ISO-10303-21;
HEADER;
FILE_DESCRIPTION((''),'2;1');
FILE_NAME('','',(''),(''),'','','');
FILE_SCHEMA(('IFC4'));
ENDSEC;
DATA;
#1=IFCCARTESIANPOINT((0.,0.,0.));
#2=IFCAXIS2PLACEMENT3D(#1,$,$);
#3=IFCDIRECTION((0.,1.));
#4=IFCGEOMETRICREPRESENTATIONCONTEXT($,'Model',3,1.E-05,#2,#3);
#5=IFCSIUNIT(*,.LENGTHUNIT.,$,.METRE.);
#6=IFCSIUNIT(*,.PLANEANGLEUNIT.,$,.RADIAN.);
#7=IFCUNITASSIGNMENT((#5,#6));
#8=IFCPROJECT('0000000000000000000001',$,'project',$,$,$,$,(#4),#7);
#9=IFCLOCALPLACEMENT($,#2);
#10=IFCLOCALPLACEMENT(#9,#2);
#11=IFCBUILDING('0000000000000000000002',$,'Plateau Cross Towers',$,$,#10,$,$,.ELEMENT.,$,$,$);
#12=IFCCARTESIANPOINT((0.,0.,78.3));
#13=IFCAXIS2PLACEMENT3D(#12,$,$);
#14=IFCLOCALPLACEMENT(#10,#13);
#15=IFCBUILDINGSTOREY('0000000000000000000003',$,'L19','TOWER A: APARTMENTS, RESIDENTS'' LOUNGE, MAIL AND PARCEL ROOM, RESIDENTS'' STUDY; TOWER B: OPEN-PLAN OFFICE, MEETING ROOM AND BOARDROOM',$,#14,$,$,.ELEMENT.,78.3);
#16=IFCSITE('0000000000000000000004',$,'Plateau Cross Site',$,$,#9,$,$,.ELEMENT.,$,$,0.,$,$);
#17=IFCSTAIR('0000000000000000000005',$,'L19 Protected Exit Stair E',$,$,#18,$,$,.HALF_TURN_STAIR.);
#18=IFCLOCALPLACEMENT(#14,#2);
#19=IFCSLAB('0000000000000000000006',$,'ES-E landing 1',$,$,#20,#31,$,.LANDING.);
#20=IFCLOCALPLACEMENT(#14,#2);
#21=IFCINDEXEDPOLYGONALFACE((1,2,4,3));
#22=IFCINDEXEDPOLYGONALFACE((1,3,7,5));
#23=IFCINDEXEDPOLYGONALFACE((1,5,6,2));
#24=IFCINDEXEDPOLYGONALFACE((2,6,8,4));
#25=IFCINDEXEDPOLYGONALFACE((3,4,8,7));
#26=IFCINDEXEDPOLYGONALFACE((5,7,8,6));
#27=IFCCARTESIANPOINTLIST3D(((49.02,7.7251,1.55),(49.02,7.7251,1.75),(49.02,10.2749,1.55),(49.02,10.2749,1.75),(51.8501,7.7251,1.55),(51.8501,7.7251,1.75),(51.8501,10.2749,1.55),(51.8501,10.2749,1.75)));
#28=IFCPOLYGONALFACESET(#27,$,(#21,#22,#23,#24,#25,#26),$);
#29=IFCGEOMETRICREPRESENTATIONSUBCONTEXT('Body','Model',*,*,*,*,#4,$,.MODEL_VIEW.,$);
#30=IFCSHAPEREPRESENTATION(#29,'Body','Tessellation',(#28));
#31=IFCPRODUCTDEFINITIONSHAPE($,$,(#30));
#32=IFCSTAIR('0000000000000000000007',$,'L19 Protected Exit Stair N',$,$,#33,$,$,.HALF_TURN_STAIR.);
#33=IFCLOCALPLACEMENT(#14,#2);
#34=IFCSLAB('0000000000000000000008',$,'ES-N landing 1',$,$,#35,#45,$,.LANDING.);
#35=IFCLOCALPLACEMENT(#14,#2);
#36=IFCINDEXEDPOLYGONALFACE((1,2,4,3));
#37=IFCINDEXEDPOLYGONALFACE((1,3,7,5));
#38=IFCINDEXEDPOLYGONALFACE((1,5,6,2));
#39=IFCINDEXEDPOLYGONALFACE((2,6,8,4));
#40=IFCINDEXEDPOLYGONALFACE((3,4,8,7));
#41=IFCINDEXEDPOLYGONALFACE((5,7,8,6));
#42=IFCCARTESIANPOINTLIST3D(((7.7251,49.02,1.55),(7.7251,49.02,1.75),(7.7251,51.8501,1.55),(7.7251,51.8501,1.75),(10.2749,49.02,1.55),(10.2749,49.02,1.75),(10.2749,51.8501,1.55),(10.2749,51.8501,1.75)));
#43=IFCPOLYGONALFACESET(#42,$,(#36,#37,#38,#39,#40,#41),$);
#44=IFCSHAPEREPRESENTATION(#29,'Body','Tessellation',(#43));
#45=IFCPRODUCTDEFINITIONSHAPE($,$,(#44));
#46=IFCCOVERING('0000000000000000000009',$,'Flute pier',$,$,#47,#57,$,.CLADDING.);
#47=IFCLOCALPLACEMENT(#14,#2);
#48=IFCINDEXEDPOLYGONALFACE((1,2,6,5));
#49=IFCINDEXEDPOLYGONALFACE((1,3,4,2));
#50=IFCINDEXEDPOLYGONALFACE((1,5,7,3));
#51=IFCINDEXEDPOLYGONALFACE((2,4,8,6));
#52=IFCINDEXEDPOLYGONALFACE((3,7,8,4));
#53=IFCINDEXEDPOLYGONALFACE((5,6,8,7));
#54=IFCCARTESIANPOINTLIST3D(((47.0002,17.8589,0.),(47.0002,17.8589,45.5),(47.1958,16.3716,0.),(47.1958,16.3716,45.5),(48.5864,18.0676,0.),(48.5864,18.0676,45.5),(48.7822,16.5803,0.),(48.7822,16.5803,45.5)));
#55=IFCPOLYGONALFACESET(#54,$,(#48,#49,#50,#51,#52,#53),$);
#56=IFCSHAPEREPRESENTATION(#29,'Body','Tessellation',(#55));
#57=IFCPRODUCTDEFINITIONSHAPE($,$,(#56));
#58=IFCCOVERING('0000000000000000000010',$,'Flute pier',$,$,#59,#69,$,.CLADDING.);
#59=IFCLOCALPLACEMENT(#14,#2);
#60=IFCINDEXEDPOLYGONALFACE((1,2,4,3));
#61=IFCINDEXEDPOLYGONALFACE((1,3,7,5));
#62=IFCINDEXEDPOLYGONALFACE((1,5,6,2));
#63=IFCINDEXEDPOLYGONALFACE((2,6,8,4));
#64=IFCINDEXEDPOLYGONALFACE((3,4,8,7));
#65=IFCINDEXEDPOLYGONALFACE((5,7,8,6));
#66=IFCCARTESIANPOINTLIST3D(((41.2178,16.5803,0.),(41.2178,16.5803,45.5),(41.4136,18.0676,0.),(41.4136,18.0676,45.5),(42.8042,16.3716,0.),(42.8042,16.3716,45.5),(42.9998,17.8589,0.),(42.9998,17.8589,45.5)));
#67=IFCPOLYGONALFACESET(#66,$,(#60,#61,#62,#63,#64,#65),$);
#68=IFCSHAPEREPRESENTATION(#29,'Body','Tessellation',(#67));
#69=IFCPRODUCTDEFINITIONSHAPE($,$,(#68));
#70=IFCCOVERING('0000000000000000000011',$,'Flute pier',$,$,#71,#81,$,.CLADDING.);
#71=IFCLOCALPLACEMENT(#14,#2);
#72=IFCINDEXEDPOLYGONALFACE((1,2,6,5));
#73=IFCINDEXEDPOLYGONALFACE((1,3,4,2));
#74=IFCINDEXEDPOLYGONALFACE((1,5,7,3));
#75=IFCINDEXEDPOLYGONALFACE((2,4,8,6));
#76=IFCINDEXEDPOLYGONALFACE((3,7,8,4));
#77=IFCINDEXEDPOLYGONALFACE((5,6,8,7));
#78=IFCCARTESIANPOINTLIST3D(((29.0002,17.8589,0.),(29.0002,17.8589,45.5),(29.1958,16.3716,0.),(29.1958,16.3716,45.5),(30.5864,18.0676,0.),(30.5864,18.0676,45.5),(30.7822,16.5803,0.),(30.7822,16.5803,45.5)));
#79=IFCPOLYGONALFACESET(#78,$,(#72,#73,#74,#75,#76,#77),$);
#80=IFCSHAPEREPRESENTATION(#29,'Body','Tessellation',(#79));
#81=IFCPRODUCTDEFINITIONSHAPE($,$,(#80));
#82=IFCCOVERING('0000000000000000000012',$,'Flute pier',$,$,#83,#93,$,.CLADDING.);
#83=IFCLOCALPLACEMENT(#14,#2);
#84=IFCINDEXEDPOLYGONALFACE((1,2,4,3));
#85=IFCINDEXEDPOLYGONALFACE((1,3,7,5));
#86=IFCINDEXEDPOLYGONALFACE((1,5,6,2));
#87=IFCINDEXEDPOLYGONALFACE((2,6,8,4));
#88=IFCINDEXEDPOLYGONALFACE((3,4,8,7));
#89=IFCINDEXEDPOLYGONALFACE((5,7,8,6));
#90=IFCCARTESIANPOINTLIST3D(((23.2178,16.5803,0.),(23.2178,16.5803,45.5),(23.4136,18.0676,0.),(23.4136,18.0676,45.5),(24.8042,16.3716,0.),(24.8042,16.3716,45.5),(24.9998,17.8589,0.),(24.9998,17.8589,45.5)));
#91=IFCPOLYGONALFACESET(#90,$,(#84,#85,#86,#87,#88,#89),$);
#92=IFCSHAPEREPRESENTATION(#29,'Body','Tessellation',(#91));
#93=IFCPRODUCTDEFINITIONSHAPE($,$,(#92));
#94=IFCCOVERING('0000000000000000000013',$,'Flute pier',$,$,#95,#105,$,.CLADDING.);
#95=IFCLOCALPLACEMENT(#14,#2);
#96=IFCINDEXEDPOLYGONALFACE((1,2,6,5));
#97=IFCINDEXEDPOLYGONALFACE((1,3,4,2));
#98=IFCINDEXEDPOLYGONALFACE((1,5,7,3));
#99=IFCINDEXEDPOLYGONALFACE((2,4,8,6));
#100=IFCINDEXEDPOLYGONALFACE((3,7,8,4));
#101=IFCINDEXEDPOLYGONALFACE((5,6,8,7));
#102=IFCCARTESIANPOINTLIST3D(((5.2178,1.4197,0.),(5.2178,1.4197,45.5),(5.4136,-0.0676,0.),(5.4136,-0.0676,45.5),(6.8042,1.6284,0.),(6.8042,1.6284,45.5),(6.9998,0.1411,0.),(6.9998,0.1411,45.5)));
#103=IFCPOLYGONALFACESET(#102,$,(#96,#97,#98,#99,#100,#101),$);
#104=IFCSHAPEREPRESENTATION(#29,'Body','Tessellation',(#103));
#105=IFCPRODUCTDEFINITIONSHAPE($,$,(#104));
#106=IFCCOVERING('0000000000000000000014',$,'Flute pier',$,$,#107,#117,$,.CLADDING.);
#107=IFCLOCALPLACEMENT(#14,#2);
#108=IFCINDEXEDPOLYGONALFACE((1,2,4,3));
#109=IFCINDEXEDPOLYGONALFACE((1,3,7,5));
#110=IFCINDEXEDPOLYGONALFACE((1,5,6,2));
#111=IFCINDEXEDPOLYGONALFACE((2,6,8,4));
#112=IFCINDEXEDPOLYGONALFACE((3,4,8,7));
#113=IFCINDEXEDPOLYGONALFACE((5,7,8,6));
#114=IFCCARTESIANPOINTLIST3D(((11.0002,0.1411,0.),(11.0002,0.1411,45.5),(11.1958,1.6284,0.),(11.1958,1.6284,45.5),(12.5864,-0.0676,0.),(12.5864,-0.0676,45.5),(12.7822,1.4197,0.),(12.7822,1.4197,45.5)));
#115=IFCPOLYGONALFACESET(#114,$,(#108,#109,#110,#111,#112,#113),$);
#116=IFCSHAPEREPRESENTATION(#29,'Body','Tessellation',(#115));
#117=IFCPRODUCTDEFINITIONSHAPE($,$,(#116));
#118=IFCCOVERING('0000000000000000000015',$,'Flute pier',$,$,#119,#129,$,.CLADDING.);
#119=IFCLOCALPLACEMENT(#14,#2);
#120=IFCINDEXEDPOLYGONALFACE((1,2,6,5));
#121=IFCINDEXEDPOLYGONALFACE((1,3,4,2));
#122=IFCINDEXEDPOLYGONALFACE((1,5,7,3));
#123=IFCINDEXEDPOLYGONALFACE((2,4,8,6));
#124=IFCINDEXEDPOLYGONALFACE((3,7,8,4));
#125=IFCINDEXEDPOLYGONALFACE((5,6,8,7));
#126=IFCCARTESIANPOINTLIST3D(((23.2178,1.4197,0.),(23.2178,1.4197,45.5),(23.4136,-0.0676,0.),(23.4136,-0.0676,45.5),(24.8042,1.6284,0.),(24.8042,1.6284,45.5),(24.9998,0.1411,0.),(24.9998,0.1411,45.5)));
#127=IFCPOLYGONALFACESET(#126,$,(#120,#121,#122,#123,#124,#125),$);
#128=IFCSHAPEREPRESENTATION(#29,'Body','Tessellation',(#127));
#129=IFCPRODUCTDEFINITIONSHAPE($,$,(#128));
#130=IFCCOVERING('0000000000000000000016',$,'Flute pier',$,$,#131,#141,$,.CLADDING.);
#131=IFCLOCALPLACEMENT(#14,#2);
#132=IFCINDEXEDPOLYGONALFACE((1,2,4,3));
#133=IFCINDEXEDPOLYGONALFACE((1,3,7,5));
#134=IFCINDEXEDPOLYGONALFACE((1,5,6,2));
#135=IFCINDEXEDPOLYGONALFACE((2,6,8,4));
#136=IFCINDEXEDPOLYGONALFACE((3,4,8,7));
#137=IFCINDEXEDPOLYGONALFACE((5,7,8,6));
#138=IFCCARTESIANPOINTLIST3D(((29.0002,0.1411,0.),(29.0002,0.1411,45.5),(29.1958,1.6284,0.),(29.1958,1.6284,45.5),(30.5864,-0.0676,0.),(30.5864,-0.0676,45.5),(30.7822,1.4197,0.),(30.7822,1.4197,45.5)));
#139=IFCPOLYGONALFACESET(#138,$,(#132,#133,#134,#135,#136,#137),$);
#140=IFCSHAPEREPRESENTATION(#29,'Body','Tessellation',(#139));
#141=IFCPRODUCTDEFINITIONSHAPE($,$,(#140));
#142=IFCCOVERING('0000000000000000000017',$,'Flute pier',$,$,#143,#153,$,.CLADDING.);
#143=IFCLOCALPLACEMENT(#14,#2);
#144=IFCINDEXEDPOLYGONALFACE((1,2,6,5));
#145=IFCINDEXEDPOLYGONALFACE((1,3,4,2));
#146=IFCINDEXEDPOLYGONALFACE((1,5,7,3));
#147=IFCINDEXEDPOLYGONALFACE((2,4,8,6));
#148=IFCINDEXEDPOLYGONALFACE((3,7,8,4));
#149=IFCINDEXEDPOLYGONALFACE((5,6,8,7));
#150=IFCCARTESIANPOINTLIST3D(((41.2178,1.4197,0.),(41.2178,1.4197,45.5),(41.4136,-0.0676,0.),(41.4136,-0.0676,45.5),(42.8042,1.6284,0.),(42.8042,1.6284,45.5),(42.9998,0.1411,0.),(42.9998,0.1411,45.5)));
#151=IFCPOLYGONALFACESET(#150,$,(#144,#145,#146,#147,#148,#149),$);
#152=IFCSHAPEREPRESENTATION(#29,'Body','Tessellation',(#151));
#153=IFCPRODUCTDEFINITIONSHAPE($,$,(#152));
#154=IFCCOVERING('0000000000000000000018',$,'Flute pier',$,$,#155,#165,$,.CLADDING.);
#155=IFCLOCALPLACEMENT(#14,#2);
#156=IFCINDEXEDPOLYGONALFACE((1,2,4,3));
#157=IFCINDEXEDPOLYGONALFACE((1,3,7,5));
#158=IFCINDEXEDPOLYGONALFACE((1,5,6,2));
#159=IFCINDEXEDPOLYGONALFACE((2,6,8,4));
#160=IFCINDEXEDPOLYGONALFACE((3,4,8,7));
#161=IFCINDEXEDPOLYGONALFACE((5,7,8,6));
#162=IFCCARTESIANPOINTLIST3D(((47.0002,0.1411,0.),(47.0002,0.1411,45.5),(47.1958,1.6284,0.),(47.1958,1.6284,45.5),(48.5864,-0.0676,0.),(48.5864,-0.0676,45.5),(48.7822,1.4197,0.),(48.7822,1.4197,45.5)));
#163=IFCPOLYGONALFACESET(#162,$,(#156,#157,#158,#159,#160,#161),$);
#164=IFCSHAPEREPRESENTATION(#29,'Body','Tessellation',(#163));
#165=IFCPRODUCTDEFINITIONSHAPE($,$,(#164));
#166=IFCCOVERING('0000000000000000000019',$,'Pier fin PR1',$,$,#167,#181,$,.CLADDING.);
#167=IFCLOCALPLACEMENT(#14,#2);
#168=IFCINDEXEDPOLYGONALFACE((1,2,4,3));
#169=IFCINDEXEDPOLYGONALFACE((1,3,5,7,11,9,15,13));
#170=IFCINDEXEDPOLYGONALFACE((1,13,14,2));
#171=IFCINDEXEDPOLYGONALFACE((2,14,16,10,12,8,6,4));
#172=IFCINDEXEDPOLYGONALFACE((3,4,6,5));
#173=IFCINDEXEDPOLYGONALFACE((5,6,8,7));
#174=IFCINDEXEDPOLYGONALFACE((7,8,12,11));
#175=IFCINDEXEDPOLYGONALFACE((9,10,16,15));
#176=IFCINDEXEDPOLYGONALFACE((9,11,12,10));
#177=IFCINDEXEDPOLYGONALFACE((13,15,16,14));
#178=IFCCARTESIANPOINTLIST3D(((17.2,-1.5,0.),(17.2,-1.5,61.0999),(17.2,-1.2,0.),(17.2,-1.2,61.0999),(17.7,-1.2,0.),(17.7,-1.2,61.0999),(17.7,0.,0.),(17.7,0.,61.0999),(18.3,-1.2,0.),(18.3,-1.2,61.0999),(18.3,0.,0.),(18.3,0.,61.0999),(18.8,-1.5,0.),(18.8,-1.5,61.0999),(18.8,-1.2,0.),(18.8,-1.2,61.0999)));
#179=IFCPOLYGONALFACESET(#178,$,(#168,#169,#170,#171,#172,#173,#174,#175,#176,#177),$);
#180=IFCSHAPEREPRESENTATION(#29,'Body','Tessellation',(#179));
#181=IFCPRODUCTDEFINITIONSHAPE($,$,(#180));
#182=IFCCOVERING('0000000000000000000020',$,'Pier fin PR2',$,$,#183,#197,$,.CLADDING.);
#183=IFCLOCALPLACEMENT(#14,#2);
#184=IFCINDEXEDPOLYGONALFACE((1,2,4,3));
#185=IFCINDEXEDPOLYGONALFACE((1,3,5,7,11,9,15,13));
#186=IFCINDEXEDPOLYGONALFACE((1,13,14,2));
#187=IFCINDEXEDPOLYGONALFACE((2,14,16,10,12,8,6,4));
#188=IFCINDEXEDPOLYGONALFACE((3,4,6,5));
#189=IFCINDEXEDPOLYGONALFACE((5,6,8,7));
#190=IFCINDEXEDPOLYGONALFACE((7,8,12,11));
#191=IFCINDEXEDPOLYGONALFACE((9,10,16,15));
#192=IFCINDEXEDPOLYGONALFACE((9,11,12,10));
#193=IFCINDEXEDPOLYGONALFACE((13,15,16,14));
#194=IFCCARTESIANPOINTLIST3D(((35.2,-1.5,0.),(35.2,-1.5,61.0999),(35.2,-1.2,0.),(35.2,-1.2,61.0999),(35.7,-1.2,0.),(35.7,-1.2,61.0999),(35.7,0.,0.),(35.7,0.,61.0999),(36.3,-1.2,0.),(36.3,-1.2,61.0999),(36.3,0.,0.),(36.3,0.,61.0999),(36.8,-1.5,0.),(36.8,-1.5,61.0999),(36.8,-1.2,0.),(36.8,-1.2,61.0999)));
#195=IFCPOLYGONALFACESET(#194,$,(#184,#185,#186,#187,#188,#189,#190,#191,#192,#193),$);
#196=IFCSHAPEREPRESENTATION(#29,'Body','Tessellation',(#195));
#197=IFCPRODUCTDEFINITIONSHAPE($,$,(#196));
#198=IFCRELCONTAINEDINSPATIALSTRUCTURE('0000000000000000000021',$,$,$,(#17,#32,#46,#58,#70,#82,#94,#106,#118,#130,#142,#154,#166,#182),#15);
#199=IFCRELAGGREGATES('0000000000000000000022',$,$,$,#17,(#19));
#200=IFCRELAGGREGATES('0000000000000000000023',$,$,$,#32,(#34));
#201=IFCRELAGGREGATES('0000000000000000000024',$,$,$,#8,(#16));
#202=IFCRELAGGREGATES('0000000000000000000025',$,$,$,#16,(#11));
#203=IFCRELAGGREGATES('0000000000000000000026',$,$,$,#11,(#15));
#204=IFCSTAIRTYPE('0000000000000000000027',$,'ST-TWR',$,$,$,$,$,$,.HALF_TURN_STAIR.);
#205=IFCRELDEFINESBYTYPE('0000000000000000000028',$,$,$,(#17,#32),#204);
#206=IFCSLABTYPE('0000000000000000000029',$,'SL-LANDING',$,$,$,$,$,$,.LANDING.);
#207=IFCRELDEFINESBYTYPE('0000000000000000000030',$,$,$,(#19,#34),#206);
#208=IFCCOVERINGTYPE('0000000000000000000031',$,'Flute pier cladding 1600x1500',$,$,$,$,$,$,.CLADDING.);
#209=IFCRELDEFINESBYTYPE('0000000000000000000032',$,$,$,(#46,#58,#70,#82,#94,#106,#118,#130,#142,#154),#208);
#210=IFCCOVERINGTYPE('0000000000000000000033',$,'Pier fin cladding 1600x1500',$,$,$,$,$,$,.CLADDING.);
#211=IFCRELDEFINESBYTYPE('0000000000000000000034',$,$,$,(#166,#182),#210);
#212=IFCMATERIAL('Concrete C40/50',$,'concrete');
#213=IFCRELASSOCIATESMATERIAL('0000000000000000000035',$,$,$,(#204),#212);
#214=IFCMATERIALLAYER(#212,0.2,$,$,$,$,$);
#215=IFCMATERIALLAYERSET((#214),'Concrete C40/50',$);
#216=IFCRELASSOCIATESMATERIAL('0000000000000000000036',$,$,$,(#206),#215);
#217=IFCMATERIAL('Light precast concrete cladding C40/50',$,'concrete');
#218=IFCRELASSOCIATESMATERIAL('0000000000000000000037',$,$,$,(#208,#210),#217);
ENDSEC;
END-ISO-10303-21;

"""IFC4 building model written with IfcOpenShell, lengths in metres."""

from ifc_helpers import new_model, si_unit, direction, frame, origin, place, context, subcontext, project, spatial, polyline, outline, extrude, material, layer, layer_set, type_object, element, aggregate, save


model = new_model("IFC4")

# Units and contexts
model_context = context("Model", 3, precision=1e-05, world=origin(), true_north=direction((0.0, 1.0)))
body_context = subcontext(model_context, "Body", "Model", "MODEL_VIEW")
ifc_project = project(units=[si_unit("LENGTHUNIT", "METRE"), si_unit("PLANEANGLEUNIT", "RADIAN")], contexts=[model_context])

# Site, building, storey
site_placement = place(None, origin())
site = spatial("IfcSite", under=ifc_project, at=site_placement, Name="Plateau Cross Site", CompositionType="ELEMENT", RefElevation=0.0)
building_placement = place(site_placement, origin())
building = spatial("IfcBuilding", under=site, at=building_placement, Name="Plateau Cross Towers", CompositionType="ELEMENT")
storey_placement = place(building_placement, frame((0.0, 0.0, 78.3)))
storey = spatial("IfcBuildingStorey", under=building, at=storey_placement, Name="L19", Description="TOWER A: APARTMENTS, RESIDENTS' LOUNGE, MAIL AND PARCEL ROOM, RESIDENTS' STUDY; TOWER B: OPEN-PLAN OFFICE, MEETING ROOM AND BOARDROOM", CompositionType="ELEMENT", Elevation=78.3)

# Shared definitions
ifc_material_1 = material(Name="Concrete C40/50", Category="concrete")

# Stairs, slabs
stair_type = type_object("IfcStairType", Name="ST-TWR", PredefinedType="HALF_TURN_STAIR", material=ifc_material_1)
ifc_layer_1 = layer(ifc_material_1, 0.2)
ifc_layer_set_1 = layer_set([ifc_layer_1], Name="Concrete C40/50")
slab_type_1 = type_object("IfcSlabType", Name="SL-LANDING", PredefinedType="LANDING", material=ifc_layer_set_1)
stair_1_placement = place(storey_placement, origin())
stair_1 = element("IfcStair", 1, at=stair_1_placement, inside=storey, type_object=stair_type, Name="L19 Protected Exit Stair E", PredefinedType="HALF_TURN_STAIR")
slab_1_placement = place(storey_placement, frame((0.0, 0.0, 1.55)))
slab_1 = element("IfcSlab", 2, at=slab_1_placement, type_object=slab_type_1, Name="ES-E landing 1", PredefinedType="LANDING", context=body_context, shape_type="SweptSolid", body=[
    extrude(outline(polyline([(49.02, 7.7251), (51.8501, 7.7251), (51.8501, 10.2749), (49.02, 10.2749), (49.02, 7.7251)])), origin(), (0.0, 0.0, 1.0), 0.2),
])
aggregate(stair_1, [slab_1])
stair_2_placement = place(storey_placement, origin())
stair_2 = element("IfcStair", 3, at=stair_2_placement, inside=storey, type_object=stair_type, Name="L19 Protected Exit Stair N", PredefinedType="HALF_TURN_STAIR")
slab_2_placement = place(storey_placement, frame((0.0, 0.0, 1.55)))
slab_2 = element("IfcSlab", 4, at=slab_2_placement, type_object=slab_type_1, Name="ES-N landing 1", PredefinedType="LANDING", context=body_context, shape_type="SweptSolid", body=[
    extrude(outline(polyline([(10.2749, 49.02), (10.2749, 51.8501), (7.7251, 51.8501), (7.7251, 49.02), (10.2749, 49.02)])), origin(), (0.0, 0.0, 1.0), 0.2),
])
aggregate(stair_2, [slab_2])

# Coverings
ifc_material_2 = material(Name="Light precast concrete cladding C40/50", Category="concrete")
covering_type_1 = type_object("IfcCoveringType", Name="Flute pier cladding 1600x1500", PredefinedType="CLADDING", material=ifc_material_2)
covering_1_placement = place(storey_placement, origin())
element("IfcCovering", 5, at=covering_1_placement, inside=storey, type_object=covering_type_1, Name="Flute pier", PredefinedType="CLADDING", context=body_context, shape_type="SweptSolid", body=[
    extrude(outline(polyline([(48.7822, 16.5803), (47.1958, 16.3716), (47.0002, 17.8589), (48.5864, 18.0676), (48.7822, 16.5803)])), origin(), (0.0, 0.0, 1.0), 45.5),
])
covering_2_placement = place(storey_placement, origin())
element("IfcCovering", 6, at=covering_2_placement, inside=storey, type_object=covering_type_1, Name="Flute pier", PredefinedType="CLADDING", context=body_context, shape_type="SweptSolid", body=[
    extrude(outline(polyline([(42.8042, 16.3716), (41.2178, 16.5803), (41.4136, 18.0676), (42.9998, 17.8589), (42.8042, 16.3716)])), origin(), (0.0, 0.0, 1.0), 45.5),
])
covering_3_placement = place(storey_placement, origin())
element("IfcCovering", 7, at=covering_3_placement, inside=storey, type_object=covering_type_1, Name="Flute pier", PredefinedType="CLADDING", context=body_context, shape_type="SweptSolid", body=[
    extrude(outline(polyline([(30.7822, 16.5803), (29.1958, 16.3716), (29.0002, 17.8589), (30.5864, 18.0676), (30.7822, 16.5803)])), origin(), (0.0, 0.0, 1.0), 45.5),
])
covering_4_placement = place(storey_placement, origin())
element("IfcCovering", 8, at=covering_4_placement, inside=storey, type_object=covering_type_1, Name="Flute pier", PredefinedType="CLADDING", context=body_context, shape_type="SweptSolid", body=[
    extrude(outline(polyline([(24.8042, 16.3716), (23.2178, 16.5803), (23.4136, 18.0676), (24.9998, 17.8589), (24.8042, 16.3716)])), origin(), (0.0, 0.0, 1.0), 45.5),
])
covering_5_placement = place(storey_placement, origin())
element("IfcCovering", 9, at=covering_5_placement, inside=storey, type_object=covering_type_1, Name="Flute pier", PredefinedType="CLADDING", context=body_context, shape_type="SweptSolid", body=[
    extrude(outline(polyline([(5.2178, 1.4197), (6.8042, 1.6284), (6.9998, 0.1411), (5.4136, -0.0676), (5.2178, 1.4197)])), origin(), (0.0, 0.0, 1.0), 45.5),
])
covering_6_placement = place(storey_placement, origin())
element("IfcCovering", 10, at=covering_6_placement, inside=storey, type_object=covering_type_1, Name="Flute pier", PredefinedType="CLADDING", context=body_context, shape_type="SweptSolid", body=[
    extrude(outline(polyline([(11.1958, 1.6284), (12.7822, 1.4197), (12.5864, -0.0676), (11.0002, 0.1411), (11.1958, 1.6284)])), origin(), (0.0, 0.0, 1.0), 45.5),
])
covering_7_placement = place(storey_placement, origin())
element("IfcCovering", 11, at=covering_7_placement, inside=storey, type_object=covering_type_1, Name="Flute pier", PredefinedType="CLADDING", context=body_context, shape_type="SweptSolid", body=[
    extrude(outline(polyline([(23.2178, 1.4197), (24.8042, 1.6284), (24.9998, 0.1411), (23.4136, -0.0676), (23.2178, 1.4197)])), origin(), (0.0, 0.0, 1.0), 45.5),
])
covering_8_placement = place(storey_placement, origin())
element("IfcCovering", 12, at=covering_8_placement, inside=storey, type_object=covering_type_1, Name="Flute pier", PredefinedType="CLADDING", context=body_context, shape_type="SweptSolid", body=[
    extrude(outline(polyline([(29.1958, 1.6284), (30.7822, 1.4197), (30.5864, -0.0676), (29.0002, 0.1411), (29.1958, 1.6284)])), origin(), (0.0, 0.0, 1.0), 45.5),
])
covering_9_placement = place(storey_placement, origin())
element("IfcCovering", 13, at=covering_9_placement, inside=storey, type_object=covering_type_1, Name="Flute pier", PredefinedType="CLADDING", context=body_context, shape_type="SweptSolid", body=[
    extrude(outline(polyline([(41.2178, 1.4197), (42.8042, 1.6284), (42.9998, 0.1411), (41.4136, -0.0676), (41.2178, 1.4197)])), origin(), (0.0, 0.0, 1.0), 45.5),
])
covering_10_placement = place(storey_placement, origin())
element("IfcCovering", 14, at=covering_10_placement, inside=storey, type_object=covering_type_1, Name="Flute pier", PredefinedType="CLADDING", context=body_context, shape_type="SweptSolid", body=[
    extrude(outline(polyline([(47.1958, 1.6284), (48.7822, 1.4197), (48.5864, -0.0676), (47.0002, 0.1411), (47.1958, 1.6284)])), origin(), (0.0, 0.0, 1.0), 45.5),
])
covering_type_2 = type_object("IfcCoveringType", Name="Pier fin cladding 1600x1500", PredefinedType="CLADDING", material=ifc_material_2)
covering_11_placement = place(storey_placement, origin())
element("IfcCovering", 15, at=covering_11_placement, inside=storey, type_object=covering_type_2, Name="Pier fin PR1", PredefinedType="CLADDING", context=body_context, shape_type="SweptSolid", body=[
    extrude(outline(polyline([(17.7, 0.0), (18.3, 0.0), (18.3, -1.2), (18.8, -1.2), (18.8, -1.5), (17.2, -1.5), (17.2, -1.2), (17.7, -1.2), (17.7, 0.0)])), origin(), (0.0, 0.0, 1.0), 61.0999),
])
covering_12_placement = place(storey_placement, origin())
element("IfcCovering", 16, at=covering_12_placement, inside=storey, type_object=covering_type_2, Name="Pier fin PR2", PredefinedType="CLADDING", context=body_context, shape_type="SweptSolid", body=[
    extrude(outline(polyline([(35.7, 0.0), (36.3, 0.0), (36.3, -1.2), (36.8, -1.2), (36.8, -1.5), (35.2, -1.5), (35.2, -1.2), (35.7, -1.2), (35.7, 0.0)])), origin(), (0.0, 0.0, 1.0), 61.0999),
])

save(model, "model.ifc")
